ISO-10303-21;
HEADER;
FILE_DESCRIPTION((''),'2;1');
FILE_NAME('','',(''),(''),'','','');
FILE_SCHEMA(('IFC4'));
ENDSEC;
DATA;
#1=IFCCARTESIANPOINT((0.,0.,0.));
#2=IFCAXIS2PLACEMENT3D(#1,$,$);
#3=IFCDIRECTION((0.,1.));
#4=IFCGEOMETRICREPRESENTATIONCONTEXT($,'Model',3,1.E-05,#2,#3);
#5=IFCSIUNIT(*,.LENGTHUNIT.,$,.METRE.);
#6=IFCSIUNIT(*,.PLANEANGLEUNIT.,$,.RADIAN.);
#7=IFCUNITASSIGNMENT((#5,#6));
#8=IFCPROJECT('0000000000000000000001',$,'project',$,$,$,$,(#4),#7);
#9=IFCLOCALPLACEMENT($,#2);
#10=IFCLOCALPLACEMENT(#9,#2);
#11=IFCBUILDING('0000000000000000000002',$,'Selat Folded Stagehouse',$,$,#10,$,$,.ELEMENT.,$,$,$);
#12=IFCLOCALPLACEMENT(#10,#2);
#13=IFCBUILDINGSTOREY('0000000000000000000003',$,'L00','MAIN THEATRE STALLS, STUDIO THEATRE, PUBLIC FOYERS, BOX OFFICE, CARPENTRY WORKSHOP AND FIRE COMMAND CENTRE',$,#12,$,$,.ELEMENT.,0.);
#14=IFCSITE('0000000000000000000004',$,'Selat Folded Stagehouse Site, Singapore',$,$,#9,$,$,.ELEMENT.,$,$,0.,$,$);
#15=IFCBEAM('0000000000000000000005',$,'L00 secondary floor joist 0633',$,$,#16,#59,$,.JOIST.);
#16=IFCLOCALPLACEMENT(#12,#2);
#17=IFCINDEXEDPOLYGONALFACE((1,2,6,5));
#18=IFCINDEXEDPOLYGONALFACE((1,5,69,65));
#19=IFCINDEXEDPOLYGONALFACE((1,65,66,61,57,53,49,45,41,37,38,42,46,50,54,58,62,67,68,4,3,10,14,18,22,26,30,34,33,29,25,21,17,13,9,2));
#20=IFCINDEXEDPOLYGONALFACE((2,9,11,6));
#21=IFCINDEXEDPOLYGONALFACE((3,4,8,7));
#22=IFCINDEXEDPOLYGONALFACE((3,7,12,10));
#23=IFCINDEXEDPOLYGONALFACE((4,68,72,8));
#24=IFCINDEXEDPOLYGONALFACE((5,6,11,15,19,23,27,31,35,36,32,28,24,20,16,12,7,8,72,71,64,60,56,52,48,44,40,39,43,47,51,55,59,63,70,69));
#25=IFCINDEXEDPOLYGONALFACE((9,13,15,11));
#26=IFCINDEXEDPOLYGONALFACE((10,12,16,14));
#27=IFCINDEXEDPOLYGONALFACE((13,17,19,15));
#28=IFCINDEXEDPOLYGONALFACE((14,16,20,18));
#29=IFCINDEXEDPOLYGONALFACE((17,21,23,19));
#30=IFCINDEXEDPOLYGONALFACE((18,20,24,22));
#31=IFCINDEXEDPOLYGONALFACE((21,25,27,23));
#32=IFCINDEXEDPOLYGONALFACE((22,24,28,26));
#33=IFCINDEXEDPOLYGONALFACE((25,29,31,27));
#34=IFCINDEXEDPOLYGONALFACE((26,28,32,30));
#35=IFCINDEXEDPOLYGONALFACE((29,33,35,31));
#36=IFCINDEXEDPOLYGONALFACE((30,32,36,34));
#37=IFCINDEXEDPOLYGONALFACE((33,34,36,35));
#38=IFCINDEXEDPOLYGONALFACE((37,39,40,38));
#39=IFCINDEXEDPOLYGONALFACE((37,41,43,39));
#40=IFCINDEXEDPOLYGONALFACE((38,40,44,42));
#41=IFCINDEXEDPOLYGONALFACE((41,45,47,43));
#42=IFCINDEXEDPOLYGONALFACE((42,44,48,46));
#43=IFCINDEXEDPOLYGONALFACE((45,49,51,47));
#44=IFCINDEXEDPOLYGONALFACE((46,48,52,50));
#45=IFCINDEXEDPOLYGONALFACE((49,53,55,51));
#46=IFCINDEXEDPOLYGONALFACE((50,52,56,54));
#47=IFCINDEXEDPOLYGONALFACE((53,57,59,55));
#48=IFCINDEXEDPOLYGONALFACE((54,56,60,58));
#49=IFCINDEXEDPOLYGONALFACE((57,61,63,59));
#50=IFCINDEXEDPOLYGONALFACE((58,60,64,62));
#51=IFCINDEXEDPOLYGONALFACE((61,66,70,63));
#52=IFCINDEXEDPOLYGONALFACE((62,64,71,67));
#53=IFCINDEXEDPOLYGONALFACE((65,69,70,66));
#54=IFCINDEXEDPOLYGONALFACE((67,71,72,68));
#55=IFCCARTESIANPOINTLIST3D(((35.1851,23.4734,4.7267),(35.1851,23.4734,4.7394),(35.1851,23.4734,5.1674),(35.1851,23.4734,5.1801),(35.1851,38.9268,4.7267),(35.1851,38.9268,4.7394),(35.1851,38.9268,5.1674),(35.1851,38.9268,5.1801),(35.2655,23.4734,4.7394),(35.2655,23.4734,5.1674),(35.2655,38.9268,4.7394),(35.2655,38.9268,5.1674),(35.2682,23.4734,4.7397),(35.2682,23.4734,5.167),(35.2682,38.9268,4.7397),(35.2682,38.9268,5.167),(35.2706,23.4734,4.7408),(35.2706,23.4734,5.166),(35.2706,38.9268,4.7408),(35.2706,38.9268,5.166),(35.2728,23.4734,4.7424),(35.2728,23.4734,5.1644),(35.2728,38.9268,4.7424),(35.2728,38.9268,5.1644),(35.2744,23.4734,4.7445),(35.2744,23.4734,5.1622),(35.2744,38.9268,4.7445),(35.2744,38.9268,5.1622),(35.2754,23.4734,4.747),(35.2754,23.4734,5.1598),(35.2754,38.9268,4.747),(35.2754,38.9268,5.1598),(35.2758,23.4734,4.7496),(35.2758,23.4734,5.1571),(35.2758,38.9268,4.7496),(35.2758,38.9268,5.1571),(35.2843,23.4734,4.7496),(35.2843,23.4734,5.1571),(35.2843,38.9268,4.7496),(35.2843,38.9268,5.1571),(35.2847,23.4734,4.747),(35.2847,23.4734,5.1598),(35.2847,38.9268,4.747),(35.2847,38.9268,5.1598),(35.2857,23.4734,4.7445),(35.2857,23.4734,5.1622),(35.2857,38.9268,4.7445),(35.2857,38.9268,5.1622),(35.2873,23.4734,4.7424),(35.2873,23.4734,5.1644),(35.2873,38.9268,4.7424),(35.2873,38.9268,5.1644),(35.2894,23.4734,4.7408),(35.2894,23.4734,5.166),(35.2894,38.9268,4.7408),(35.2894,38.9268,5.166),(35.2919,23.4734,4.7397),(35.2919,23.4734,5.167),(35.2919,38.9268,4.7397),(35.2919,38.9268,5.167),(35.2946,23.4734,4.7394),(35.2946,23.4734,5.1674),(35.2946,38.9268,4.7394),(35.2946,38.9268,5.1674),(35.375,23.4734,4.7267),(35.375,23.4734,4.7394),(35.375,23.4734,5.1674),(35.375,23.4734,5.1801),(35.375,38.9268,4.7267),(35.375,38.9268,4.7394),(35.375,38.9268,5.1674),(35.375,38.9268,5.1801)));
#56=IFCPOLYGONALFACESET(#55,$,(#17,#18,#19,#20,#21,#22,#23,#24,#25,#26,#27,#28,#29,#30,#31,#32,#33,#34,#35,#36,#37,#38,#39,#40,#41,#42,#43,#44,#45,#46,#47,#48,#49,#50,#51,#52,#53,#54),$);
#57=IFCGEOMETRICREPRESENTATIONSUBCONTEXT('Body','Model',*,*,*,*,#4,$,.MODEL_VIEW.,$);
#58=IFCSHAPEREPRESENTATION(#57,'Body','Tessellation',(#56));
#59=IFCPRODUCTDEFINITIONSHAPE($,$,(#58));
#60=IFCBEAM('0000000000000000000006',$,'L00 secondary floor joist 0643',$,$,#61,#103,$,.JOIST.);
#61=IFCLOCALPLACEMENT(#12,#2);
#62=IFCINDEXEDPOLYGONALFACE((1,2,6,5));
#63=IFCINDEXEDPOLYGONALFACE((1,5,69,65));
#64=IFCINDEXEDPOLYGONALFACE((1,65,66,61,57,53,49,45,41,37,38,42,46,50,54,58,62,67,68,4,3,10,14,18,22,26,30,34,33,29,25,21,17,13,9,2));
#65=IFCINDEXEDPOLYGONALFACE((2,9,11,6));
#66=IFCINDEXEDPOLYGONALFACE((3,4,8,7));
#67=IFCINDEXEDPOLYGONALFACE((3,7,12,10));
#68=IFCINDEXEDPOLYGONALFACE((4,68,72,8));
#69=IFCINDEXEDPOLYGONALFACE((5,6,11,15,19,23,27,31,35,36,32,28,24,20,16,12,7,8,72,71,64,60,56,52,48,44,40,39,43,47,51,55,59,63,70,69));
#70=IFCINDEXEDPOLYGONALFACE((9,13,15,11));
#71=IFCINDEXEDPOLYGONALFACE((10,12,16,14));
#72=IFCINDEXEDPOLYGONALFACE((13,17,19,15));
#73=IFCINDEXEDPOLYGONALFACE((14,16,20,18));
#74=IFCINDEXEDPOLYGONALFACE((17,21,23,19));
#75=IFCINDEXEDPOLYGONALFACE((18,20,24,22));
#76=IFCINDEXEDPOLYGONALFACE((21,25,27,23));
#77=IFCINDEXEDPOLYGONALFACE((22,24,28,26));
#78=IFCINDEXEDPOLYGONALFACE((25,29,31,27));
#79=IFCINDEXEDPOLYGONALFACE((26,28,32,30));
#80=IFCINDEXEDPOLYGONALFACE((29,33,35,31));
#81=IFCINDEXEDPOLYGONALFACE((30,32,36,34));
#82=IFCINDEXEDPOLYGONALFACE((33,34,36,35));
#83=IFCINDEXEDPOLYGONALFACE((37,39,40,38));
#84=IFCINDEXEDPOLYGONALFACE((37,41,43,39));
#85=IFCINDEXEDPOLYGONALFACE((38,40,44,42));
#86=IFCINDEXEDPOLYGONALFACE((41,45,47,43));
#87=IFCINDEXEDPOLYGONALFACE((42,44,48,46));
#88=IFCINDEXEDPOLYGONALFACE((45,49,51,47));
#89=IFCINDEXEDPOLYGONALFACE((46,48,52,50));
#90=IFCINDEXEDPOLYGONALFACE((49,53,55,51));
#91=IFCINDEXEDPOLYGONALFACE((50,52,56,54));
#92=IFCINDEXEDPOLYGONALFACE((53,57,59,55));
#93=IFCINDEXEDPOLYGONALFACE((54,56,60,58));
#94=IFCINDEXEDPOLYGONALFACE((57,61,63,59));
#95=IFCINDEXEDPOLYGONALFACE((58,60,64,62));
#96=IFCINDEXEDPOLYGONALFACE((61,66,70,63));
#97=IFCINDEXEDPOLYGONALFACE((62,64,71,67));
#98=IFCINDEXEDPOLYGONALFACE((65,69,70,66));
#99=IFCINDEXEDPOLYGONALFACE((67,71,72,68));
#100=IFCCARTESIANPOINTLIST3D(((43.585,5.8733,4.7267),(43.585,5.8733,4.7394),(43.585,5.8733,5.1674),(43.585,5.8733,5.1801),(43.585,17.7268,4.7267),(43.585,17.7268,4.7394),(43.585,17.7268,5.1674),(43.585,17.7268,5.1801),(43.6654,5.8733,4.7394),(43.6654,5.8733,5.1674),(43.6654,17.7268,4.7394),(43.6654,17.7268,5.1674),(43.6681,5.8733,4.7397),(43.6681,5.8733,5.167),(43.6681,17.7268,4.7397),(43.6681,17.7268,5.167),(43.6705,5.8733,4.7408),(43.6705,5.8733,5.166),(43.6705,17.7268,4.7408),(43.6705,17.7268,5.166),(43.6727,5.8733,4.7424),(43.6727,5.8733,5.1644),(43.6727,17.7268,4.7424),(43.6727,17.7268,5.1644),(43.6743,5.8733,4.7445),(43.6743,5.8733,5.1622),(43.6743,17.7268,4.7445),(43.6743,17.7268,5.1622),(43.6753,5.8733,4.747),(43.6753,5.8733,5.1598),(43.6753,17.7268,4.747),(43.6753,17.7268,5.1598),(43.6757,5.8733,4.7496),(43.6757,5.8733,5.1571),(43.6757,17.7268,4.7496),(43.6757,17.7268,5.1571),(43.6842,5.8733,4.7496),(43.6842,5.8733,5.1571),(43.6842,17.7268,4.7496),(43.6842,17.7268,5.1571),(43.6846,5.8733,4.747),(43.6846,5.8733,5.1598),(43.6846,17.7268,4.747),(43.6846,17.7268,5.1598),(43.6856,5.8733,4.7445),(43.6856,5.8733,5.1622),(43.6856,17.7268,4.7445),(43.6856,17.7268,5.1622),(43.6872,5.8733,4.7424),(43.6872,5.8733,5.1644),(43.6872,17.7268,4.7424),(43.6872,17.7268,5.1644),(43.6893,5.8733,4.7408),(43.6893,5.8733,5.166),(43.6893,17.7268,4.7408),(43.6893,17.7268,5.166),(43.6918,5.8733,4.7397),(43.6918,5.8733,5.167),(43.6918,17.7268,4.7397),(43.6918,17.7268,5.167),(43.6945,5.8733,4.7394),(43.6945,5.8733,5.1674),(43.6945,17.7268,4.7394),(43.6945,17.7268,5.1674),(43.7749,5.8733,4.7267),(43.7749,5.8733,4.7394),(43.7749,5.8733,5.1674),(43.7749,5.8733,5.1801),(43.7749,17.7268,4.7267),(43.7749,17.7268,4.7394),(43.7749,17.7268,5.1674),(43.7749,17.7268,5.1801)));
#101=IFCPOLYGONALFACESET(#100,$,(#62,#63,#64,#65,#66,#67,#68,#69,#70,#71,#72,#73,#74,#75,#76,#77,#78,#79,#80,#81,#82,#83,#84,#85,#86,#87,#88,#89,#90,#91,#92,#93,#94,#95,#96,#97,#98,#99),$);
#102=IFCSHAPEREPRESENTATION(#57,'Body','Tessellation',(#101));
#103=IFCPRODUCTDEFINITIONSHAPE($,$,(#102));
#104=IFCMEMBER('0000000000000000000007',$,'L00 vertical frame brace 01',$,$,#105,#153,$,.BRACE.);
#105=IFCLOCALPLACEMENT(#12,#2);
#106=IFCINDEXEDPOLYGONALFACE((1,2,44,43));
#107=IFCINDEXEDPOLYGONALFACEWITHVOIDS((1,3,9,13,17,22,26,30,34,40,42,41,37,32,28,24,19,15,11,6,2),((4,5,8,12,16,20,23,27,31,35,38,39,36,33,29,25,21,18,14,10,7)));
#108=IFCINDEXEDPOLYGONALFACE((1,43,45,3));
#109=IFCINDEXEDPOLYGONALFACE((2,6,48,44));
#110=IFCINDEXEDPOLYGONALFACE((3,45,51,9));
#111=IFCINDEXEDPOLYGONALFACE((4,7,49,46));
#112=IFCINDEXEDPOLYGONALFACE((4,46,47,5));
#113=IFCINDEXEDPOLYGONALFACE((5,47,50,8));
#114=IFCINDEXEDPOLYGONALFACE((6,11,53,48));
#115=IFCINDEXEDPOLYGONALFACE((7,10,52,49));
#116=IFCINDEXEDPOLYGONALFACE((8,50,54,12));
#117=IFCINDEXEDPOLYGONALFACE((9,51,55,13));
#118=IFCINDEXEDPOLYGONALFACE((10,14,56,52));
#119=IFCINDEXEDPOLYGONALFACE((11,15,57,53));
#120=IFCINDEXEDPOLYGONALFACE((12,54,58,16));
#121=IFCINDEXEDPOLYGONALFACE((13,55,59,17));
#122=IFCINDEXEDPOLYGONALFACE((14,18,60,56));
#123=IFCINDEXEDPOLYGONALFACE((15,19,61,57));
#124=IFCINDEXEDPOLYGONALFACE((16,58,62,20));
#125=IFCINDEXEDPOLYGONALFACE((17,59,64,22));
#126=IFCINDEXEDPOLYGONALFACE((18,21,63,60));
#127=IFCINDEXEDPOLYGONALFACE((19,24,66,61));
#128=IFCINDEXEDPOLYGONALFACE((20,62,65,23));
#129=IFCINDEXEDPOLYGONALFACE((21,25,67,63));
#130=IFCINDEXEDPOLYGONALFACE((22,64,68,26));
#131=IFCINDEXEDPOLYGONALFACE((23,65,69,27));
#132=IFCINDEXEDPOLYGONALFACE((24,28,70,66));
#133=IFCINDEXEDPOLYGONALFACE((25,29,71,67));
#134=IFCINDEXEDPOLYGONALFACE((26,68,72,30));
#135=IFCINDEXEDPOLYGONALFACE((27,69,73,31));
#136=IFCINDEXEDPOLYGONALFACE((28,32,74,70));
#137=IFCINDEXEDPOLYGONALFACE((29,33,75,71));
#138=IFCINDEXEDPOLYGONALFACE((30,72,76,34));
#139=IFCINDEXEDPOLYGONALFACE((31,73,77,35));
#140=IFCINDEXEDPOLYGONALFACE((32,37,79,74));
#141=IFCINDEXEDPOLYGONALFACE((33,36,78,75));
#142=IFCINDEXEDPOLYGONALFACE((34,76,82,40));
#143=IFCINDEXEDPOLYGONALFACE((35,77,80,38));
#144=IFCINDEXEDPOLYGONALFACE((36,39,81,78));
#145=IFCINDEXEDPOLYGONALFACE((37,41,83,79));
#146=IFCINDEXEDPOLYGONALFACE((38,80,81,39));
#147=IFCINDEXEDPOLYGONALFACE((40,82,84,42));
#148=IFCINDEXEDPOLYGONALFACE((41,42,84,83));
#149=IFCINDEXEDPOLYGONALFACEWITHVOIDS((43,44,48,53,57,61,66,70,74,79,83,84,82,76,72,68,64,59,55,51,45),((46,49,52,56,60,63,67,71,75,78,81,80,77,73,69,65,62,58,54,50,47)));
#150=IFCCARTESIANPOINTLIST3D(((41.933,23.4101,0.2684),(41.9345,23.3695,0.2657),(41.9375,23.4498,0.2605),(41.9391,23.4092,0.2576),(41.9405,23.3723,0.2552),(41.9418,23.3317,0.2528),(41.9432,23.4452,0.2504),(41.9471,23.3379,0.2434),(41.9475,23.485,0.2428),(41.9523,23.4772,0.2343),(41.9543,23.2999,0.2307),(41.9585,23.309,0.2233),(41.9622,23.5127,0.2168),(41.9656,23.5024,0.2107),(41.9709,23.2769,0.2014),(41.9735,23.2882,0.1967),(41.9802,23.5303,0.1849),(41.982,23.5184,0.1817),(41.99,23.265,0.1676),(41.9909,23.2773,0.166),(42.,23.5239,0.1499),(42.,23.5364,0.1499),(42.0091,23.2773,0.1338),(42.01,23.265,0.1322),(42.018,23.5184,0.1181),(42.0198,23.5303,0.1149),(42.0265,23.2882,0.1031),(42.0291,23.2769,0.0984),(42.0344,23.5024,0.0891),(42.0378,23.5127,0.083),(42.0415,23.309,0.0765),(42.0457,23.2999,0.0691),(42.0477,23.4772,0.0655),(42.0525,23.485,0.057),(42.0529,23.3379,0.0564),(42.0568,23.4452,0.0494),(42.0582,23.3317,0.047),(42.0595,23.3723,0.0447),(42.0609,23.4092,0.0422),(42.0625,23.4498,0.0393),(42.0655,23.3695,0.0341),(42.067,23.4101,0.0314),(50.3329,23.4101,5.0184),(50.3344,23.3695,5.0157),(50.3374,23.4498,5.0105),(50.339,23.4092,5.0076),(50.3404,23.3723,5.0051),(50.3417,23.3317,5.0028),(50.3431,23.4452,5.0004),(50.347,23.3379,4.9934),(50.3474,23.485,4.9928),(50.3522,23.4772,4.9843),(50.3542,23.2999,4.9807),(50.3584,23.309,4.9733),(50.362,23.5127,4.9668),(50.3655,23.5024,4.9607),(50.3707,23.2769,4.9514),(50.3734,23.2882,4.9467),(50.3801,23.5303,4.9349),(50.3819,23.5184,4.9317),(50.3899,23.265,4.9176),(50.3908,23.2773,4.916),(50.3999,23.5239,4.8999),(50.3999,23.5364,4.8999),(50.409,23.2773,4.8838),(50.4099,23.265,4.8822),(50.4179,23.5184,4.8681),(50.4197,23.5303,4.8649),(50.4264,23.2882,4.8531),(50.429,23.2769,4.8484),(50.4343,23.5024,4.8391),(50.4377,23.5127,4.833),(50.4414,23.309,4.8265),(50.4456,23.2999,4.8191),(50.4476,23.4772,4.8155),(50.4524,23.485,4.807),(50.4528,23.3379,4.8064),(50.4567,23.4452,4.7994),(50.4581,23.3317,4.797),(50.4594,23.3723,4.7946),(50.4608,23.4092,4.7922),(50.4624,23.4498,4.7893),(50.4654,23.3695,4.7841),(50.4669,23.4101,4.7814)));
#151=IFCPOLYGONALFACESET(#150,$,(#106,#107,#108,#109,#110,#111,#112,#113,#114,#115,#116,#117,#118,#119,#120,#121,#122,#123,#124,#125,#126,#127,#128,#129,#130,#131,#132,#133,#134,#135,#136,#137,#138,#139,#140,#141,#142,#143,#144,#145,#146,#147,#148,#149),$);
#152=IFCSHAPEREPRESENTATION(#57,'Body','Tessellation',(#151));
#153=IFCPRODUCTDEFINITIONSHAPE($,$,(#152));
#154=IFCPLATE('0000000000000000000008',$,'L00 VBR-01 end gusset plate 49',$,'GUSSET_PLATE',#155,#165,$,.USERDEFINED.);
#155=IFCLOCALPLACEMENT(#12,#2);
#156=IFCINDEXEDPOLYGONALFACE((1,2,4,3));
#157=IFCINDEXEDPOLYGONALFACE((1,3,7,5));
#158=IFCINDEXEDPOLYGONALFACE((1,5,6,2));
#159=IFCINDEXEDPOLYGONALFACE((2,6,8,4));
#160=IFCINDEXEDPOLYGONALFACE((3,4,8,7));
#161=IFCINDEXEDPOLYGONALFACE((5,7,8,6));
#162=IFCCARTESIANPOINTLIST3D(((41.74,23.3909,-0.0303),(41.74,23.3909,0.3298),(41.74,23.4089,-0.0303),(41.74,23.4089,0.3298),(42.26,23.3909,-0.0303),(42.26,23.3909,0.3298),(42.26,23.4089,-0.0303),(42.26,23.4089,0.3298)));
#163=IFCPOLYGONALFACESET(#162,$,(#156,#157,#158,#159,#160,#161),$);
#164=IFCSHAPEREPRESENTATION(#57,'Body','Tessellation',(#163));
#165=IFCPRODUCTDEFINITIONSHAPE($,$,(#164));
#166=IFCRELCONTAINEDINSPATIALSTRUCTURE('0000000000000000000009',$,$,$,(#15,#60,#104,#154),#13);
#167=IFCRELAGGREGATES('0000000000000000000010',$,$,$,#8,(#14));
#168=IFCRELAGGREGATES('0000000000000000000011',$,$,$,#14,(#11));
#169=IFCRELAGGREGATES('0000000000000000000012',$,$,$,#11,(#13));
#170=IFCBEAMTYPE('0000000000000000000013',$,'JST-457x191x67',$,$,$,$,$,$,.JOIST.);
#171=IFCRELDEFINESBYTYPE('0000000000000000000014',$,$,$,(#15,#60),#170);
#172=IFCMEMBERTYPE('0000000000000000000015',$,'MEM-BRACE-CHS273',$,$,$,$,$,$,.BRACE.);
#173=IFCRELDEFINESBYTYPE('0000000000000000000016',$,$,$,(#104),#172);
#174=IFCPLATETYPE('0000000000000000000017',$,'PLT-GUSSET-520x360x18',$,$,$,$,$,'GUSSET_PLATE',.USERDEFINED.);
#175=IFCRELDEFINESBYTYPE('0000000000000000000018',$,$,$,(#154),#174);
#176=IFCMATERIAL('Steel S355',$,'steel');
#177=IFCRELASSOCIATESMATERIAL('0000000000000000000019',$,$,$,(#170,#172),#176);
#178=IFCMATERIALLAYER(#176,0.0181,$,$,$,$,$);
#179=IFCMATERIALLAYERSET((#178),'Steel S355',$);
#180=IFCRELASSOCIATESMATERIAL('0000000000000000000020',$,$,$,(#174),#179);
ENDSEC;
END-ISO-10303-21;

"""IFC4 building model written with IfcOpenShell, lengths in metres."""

from ifc_helpers import new_model, si_unit, direction, frame, origin, origin_2d, place, context, subcontext, project, spatial, rectangle, hollow_circle, i_section, extrude, material, layer, layer_set, material_profile, profile_set, type_object, element, save


model = new_model("IFC4")

# Units and contexts
model_context = context("Model", 3, precision=1e-05, world=origin(), true_north=direction((0.0, 1.0)))
body_context = subcontext(model_context, "Body", "Model", "MODEL_VIEW")
ifc_project = project(units=[si_unit("LENGTHUNIT", "METRE"), si_unit("PLANEANGLEUNIT", "RADIAN")], contexts=[model_context])

# Site, building, storey
site_placement = place(None, origin())
site = spatial("IfcSite", under=ifc_project, at=site_placement, Name="Selat Folded Stagehouse Site, Singapore", CompositionType="ELEMENT", RefElevation=0.0)
building_placement = place(site_placement, origin())
building = spatial("IfcBuilding", under=site, at=building_placement, Name="Selat Folded Stagehouse", CompositionType="ELEMENT")
storey_placement = place(building_placement, origin())
storey = spatial("IfcBuildingStorey", under=building, at=storey_placement, Name="L00", Description="MAIN THEATRE STALLS, STUDIO THEATRE, PUBLIC FOYERS, BOX OFFICE, CARPENTRY WORKSHOP AND FIRE COMMAND CENTRE", CompositionType="ELEMENT", Elevation=0.0)

# Shared definitions
ifc_material_1 = material(Name="Steel S355", Category="steel")

# Beams
ifc_material_profile_1 = material_profile(ifc_material_1, i_section(OverallWidth=0.1899, OverallDepth=0.4534, WebThickness=0.0085, FlangeThickness=0.0127, FilletRadius=0.0103, at=origin_2d()), Name="UKB 457x191x67")
ifc_profile_set_1 = profile_set([ifc_material_profile_1], Name="Steel S355")
beam_type_1 = type_object("IfcBeamType", Name="JST-457x191x67", PredefinedType="JOIST", material=ifc_profile_set_1)
beam_1_placement = place(storey_placement, frame((35.28, 23.4734, 4.9534), z_axis=(0.0, 1.0, 0.0), x_axis=(-1.0, 0.0, 0.0)))
element("IfcBeam", 1, at=beam_1_placement, inside=storey, type_object=beam_type_1, Name="L00 secondary floor joist 0633", PredefinedType="JOIST", context=body_context, shape_type="SweptSolid", body=[
    extrude(i_section(OverallWidth=0.1899, OverallDepth=0.4534, WebThickness=0.0085, FlangeThickness=0.0127, FilletRadius=0.0103, at=origin_2d()), origin(), (0.0, 0.0, 1.0), 15.4534),
])
beam_2_placement = place(storey_placement, frame((43.6799, 5.8733, 4.9534), z_axis=(0.0, 1.0, 0.0), x_axis=(-1.0, 0.0, 0.0)))
element("IfcBeam", 2, at=beam_2_placement, inside=storey, type_object=beam_type_1, Name="L00 secondary floor joist 0643", PredefinedType="JOIST", context=body_context, shape_type="SweptSolid", body=[
    extrude(i_section(OverallWidth=0.1899, OverallDepth=0.4534, WebThickness=0.0085, FlangeThickness=0.0127, FilletRadius=0.0103, at=origin_2d()), origin(), (0.0, 0.0, 1.0), 11.8535),
])

# Member
ifc_material_profile_2 = material_profile(ifc_material_1, hollow_circle(Radius=0.1365, WallThickness=0.0125, at=origin_2d()), Name="CHS 273.0x12.5")
ifc_profile_set_2 = profile_set([ifc_material_profile_2], Name="Steel S355")
member_type_1 = type_object("IfcMemberType", Name="MEM-BRACE-CHS273", PredefinedType="BRACE", material=ifc_profile_set_2)
member_1_placement = place(storey_placement, frame((42.0, 23.3999, 0.1499), z_axis=(0.870464, 0.0, 0.492232), x_axis=(0.0, 1.0, 0.0)))
element("IfcMember", 3, at=member_1_placement, inside=storey, type_object=member_type_1, Name="L00 vertical frame brace 01", PredefinedType="BRACE", context=body_context, shape_type="SweptSolid", body=[
    extrude(hollow_circle(Radius=0.1365, WallThickness=0.0125, at=origin_2d()), origin(), (0.0, 0.0, 1.0), 9.6499),
])

# Plate
ifc_layer_1 = layer(ifc_material_1, 0.0181)
ifc_layer_set_1 = layer_set([ifc_layer_1], Name="Steel S355")
plate_type = type_object("IfcPlateType", Name="PLT-GUSSET-520x360x18", ElementType="GUSSET_PLATE", PredefinedType="USERDEFINED", material=ifc_layer_set_1)
plate_placement = place(storey_placement, frame((42.0, 23.3999, -0.0303), z_axis=(0.0, 0.0, 1.0), x_axis=(1.0, 0.0, 0.0)))
element("IfcPlate", 4, at=plate_placement, inside=storey, type_object=plate_type, Name="L00 VBR-01 end gusset plate 49", ObjectType="GUSSET_PLATE", PredefinedType="USERDEFINED", context=body_context, shape_type="SweptSolid", body=[
    extrude(rectangle(XDim=0.52, YDim=0.0181, at=origin_2d()), origin(), (0.0, 0.0, 1.0), 0.3601),
])

save(model, "model.ifc")
